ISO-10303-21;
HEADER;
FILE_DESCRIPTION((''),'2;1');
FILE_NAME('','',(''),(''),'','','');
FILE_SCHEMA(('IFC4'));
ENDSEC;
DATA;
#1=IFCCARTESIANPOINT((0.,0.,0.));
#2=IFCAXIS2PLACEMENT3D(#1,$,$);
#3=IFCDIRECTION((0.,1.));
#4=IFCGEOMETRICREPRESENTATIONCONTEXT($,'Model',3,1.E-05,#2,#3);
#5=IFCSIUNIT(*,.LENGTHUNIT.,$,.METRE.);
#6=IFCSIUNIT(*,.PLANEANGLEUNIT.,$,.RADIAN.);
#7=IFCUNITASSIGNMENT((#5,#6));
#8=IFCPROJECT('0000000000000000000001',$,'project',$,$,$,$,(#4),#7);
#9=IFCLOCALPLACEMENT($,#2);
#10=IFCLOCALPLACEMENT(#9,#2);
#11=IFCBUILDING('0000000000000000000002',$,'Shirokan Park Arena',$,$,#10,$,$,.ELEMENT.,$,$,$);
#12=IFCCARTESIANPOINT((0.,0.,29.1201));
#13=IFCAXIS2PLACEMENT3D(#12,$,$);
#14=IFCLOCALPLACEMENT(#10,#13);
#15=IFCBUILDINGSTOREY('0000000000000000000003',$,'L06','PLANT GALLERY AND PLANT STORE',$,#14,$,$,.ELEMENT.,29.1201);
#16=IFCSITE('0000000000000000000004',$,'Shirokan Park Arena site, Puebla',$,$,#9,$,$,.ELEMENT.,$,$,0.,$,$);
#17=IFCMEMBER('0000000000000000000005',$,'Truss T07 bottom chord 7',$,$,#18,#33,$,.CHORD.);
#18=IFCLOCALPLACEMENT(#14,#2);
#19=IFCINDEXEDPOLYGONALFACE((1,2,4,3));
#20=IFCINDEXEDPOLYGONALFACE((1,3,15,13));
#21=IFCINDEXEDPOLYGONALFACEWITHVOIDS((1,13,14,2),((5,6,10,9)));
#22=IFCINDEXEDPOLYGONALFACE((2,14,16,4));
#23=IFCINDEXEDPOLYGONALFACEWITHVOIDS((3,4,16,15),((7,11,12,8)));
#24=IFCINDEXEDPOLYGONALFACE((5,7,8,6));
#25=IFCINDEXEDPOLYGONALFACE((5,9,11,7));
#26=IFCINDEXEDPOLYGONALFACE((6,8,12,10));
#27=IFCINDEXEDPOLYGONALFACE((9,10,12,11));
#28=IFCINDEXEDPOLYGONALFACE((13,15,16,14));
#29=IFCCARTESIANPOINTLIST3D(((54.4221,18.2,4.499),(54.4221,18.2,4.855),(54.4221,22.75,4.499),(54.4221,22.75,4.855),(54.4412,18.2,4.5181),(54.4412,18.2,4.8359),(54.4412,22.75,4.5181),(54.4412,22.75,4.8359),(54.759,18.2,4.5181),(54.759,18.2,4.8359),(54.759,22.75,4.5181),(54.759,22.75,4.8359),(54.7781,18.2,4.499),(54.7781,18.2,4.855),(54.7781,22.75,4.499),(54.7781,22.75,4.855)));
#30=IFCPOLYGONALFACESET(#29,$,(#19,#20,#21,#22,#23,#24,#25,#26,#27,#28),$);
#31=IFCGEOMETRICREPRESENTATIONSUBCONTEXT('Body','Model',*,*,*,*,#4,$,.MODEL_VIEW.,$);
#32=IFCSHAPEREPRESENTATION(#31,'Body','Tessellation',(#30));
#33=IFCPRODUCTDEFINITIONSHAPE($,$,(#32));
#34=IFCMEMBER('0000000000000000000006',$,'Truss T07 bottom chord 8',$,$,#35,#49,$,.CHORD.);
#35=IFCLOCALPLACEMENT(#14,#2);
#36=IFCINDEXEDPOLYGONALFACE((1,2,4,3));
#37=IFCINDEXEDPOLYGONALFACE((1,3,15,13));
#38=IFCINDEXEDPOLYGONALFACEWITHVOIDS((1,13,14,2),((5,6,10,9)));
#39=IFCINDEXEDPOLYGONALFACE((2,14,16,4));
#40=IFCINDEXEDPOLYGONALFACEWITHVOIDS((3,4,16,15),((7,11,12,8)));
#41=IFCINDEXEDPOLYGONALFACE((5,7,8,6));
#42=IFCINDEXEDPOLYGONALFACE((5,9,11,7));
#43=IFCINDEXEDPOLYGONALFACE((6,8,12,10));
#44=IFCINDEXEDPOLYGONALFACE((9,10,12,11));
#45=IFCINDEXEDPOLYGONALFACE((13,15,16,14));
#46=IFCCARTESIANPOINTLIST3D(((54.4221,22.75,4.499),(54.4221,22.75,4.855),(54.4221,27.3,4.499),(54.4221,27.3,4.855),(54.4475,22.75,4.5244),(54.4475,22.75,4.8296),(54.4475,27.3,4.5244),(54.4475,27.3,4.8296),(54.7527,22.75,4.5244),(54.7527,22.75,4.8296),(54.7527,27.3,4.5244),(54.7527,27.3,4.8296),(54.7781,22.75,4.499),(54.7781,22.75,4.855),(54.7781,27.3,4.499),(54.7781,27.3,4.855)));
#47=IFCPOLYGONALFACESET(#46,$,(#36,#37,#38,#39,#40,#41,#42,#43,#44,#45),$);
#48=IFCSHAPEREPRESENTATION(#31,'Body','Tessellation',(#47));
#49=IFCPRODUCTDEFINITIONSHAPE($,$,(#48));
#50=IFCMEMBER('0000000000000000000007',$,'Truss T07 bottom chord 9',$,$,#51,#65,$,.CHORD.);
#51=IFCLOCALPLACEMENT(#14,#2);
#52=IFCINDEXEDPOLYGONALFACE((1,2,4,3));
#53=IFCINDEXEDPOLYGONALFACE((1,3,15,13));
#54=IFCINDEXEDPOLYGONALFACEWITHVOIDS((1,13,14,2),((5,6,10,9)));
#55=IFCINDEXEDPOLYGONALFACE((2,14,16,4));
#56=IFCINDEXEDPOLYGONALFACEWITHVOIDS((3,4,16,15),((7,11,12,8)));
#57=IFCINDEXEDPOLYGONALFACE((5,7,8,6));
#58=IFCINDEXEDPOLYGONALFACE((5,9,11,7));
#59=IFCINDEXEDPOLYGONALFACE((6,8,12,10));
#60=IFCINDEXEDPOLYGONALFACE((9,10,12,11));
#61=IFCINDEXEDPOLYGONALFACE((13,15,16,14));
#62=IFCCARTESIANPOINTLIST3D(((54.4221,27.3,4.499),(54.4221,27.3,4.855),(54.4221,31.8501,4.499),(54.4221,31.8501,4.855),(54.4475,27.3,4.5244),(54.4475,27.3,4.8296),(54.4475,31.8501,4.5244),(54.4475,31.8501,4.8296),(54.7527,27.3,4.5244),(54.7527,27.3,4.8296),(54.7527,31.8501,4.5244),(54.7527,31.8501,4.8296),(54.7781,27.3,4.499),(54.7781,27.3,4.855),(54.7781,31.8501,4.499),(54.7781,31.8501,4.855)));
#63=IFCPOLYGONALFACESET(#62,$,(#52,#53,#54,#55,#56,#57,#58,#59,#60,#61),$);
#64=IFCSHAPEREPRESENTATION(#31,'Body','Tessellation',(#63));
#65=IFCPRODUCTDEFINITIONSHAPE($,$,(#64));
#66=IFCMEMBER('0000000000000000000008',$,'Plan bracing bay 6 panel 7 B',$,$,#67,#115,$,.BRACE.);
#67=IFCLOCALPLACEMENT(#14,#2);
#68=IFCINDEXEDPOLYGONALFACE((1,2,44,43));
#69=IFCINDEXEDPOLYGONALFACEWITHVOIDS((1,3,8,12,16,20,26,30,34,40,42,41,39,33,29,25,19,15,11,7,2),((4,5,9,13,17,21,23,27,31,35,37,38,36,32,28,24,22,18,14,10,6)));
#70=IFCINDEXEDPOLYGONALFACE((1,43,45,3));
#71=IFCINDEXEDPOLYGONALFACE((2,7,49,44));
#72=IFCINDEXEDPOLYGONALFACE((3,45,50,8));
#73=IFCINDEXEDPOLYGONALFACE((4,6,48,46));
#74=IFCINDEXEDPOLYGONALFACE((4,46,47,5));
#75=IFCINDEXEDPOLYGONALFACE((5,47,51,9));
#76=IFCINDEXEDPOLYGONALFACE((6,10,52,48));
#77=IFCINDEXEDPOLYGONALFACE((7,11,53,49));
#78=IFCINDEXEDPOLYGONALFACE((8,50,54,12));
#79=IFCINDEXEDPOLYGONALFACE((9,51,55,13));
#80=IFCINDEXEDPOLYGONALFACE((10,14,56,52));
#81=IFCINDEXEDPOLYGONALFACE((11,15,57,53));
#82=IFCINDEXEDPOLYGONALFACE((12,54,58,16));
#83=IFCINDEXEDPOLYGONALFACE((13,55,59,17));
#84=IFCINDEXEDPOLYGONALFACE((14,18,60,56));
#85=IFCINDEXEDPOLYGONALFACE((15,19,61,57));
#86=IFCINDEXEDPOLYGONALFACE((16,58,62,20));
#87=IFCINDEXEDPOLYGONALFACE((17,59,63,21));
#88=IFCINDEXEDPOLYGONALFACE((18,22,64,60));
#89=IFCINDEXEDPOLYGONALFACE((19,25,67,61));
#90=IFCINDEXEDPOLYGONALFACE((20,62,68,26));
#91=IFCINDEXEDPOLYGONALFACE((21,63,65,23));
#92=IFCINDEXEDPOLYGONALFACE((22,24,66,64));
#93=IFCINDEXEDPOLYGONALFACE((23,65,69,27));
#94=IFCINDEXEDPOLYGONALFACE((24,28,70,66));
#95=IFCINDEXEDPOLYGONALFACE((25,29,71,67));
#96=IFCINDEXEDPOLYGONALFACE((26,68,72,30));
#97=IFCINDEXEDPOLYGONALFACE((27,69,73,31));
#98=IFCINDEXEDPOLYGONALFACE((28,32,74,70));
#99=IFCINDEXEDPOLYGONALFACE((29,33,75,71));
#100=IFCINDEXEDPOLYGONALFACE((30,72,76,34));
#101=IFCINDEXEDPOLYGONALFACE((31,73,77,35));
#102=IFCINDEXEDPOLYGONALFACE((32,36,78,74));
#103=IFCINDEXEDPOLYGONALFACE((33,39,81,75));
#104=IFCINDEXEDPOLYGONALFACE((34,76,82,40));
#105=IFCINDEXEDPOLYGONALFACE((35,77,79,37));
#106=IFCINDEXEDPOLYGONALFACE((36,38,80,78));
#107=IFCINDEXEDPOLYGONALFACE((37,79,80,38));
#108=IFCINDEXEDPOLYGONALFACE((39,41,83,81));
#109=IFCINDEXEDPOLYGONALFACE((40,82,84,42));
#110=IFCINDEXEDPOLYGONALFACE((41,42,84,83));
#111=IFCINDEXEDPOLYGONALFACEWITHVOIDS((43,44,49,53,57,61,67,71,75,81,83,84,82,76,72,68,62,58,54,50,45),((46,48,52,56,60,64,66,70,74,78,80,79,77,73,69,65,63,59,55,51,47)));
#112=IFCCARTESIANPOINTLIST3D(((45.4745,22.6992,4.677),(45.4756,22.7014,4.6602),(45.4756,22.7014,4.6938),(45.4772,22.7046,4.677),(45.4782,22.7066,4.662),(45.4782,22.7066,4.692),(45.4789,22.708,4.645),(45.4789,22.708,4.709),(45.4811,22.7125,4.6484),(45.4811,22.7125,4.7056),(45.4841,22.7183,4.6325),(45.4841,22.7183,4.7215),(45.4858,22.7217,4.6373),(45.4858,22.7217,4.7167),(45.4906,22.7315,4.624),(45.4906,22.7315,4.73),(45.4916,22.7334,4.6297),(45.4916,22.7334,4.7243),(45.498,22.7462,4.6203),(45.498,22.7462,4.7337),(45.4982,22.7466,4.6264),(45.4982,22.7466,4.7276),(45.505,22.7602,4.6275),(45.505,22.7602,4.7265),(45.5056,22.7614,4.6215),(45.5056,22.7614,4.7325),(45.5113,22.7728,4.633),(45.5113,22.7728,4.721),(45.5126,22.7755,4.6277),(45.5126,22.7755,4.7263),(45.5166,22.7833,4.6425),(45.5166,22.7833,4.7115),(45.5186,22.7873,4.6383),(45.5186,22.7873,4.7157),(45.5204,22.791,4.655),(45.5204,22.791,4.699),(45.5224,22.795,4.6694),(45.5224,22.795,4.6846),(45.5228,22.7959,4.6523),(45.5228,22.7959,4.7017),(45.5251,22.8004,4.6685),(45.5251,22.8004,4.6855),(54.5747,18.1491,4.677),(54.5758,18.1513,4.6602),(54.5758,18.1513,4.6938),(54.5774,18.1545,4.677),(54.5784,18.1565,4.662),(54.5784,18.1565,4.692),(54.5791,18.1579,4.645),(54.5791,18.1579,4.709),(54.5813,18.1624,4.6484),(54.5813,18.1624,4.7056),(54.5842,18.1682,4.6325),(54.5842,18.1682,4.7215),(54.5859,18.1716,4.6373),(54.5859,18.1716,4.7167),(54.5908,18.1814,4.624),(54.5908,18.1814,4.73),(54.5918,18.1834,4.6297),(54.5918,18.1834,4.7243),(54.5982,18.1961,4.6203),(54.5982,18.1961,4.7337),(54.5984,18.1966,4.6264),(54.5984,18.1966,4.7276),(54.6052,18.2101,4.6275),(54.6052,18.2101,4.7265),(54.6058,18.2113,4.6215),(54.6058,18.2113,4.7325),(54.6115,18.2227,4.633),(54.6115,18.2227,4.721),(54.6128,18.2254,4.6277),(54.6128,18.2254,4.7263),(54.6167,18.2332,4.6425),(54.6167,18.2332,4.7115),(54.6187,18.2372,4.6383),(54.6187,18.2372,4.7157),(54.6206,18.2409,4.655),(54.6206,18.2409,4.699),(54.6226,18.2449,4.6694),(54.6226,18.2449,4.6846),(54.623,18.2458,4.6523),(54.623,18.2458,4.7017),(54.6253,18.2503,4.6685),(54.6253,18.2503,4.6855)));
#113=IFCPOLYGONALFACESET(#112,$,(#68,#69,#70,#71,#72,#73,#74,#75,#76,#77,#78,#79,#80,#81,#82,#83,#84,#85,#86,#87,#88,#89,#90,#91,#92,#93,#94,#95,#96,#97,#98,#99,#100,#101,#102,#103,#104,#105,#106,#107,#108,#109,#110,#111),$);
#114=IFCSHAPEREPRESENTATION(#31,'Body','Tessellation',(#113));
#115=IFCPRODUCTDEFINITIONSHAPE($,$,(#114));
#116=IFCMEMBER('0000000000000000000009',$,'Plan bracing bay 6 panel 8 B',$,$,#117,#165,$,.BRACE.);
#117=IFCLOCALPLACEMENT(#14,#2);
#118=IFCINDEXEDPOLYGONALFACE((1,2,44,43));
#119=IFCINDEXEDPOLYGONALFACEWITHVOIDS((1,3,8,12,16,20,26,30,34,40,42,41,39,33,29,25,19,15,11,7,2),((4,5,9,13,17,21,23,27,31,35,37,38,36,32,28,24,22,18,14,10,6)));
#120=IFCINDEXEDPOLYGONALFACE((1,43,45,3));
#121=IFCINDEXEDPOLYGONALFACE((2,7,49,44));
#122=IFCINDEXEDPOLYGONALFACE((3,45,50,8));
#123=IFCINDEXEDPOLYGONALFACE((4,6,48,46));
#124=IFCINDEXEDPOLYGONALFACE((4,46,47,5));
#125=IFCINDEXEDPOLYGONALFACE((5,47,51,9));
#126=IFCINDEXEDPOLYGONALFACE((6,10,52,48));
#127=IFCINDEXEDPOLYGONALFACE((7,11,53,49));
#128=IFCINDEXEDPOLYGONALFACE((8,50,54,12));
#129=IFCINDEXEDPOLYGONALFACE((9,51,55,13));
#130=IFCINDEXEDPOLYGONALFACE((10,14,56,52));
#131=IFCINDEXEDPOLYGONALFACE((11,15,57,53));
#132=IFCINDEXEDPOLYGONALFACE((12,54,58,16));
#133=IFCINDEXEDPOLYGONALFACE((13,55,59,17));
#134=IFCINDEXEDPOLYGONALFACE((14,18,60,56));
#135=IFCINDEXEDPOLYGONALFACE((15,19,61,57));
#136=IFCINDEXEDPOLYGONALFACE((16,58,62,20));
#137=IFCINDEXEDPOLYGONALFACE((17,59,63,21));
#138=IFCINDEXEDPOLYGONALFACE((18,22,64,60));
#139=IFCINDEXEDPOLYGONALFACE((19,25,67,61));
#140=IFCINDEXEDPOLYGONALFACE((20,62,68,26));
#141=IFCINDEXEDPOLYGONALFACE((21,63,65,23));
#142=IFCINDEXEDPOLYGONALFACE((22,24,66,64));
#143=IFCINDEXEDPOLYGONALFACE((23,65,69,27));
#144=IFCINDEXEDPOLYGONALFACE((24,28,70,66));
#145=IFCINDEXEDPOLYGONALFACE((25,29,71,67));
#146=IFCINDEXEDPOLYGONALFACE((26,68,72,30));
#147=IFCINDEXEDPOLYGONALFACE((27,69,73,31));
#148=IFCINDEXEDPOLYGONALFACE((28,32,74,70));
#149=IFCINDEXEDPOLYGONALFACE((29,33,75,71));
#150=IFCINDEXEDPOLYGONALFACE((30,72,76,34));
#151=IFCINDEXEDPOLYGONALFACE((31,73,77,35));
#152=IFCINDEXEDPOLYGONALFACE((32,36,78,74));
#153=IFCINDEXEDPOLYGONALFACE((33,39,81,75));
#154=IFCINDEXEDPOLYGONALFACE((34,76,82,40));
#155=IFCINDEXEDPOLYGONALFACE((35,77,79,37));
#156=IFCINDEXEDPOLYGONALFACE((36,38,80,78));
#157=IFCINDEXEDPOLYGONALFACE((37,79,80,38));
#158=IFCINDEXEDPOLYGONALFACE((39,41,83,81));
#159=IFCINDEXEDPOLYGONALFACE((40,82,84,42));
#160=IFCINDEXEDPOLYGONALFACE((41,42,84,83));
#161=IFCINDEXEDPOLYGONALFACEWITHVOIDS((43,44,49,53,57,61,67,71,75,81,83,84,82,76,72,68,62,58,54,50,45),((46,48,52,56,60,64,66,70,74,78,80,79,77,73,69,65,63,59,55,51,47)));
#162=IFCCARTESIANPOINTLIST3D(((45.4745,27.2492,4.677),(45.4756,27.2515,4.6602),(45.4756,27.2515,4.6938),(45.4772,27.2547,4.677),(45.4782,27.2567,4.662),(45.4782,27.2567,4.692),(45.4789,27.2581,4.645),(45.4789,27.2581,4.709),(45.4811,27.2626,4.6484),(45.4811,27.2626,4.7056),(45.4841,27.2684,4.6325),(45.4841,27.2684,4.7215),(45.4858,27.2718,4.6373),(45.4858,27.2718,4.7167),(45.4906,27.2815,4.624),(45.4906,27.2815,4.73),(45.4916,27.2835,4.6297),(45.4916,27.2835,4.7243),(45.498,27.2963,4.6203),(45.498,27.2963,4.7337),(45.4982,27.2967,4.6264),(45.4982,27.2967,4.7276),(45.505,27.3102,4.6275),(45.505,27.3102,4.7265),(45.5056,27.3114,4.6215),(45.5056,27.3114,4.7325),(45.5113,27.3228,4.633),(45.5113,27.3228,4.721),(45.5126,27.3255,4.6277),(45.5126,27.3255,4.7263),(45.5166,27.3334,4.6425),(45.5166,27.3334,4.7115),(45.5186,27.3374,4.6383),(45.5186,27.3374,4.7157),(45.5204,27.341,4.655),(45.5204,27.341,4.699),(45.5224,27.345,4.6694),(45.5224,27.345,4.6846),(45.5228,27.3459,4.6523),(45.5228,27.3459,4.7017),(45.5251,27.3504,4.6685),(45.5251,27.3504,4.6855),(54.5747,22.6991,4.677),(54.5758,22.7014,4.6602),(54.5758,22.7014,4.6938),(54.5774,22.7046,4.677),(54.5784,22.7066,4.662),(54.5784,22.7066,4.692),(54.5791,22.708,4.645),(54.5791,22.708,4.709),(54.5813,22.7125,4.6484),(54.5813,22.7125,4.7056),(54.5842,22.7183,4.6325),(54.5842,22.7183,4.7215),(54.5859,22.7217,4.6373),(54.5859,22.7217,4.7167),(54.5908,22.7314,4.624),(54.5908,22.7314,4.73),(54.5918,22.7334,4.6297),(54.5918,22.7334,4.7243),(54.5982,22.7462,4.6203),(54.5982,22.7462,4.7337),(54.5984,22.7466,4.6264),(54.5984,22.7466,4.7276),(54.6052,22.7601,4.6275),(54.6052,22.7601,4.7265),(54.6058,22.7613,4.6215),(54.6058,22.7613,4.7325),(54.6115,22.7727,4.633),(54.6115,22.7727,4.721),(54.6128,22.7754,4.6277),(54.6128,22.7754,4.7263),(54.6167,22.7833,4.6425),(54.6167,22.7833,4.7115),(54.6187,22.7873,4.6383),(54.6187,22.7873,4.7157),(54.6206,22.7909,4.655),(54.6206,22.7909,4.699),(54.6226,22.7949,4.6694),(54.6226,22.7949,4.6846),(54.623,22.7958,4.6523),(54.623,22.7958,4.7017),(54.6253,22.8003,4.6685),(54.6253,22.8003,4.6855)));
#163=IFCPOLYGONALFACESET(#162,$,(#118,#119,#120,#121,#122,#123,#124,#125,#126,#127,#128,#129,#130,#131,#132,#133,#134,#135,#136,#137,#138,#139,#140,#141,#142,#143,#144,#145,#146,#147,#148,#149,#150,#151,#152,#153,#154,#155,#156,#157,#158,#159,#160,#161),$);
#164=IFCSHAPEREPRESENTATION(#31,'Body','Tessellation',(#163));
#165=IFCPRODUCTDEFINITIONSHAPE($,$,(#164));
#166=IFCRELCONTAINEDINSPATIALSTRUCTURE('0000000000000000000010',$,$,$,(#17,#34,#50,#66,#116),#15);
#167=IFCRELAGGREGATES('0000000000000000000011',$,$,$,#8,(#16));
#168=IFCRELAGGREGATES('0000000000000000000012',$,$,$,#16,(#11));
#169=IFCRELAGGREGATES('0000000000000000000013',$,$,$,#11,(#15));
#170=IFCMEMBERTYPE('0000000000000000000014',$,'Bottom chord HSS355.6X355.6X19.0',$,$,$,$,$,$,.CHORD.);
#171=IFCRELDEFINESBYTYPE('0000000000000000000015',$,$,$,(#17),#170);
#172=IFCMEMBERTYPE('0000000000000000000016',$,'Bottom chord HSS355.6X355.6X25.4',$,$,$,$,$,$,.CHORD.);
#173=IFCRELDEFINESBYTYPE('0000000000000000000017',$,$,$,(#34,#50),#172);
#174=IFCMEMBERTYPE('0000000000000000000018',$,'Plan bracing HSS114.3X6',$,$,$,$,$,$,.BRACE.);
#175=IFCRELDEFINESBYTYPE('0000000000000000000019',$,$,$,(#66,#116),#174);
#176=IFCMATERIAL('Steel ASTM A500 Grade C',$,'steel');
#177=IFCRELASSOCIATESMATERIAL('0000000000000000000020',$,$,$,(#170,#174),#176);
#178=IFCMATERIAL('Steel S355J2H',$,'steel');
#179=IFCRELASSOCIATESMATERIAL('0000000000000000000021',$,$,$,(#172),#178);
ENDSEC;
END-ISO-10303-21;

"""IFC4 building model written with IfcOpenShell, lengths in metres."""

from ifc_helpers import new_model, si_unit, direction, frame, origin, origin_2d, place, context, subcontext, project, spatial, hollow_rectangle, hollow_circle, extrude, material, material_profile, profile_set, type_object, element, save


model = new_model("IFC4")

# Units and contexts
model_context = context("Model", 3, precision=1e-05, world=origin(), true_north=direction((0.0, 1.0)))
body_context = subcontext(model_context, "Body", "Model", "MODEL_VIEW")
ifc_project = project(units=[si_unit("LENGTHUNIT", "METRE"), si_unit("PLANEANGLEUNIT", "RADIAN")], contexts=[model_context])

# Site, building, storey
site_placement = place(None, origin())
site = spatial("IfcSite", under=ifc_project, at=site_placement, Name="Shirokan Park Arena site, Puebla", CompositionType="ELEMENT", RefElevation=0.0)
building_placement = place(site_placement, origin())
building = spatial("IfcBuilding", under=site, at=building_placement, Name="Shirokan Park Arena", CompositionType="ELEMENT")
storey_placement = place(building_placement, frame((0.0, 0.0, 29.1201)))
storey = spatial("IfcBuildingStorey", under=building, at=storey_placement, Name="L06", Description="PLANT GALLERY AND PLANT STORE", CompositionType="ELEMENT", Elevation=29.1201)

# Members
ifc_material_1 = material(Name="Steel ASTM A500 Grade C", Category="steel")
ifc_material_profile_1 = material_profile(ifc_material_1, hollow_rectangle(XDim=0.356, YDim=0.356, WallThickness=0.019, at=origin_2d()), Name="HSS355.6X355.6X19.0")
ifc_profile_set_1 = profile_set([ifc_material_profile_1], Name="Steel ASTM A500 Grade C")
member_type_1 = type_object("IfcMemberType", Name="Bottom chord HSS355.6X355.6X19.0", PredefinedType="CHORD", material=ifc_profile_set_1)
member_1_placement = place(storey_placement, frame((54.6001, 18.2, 4.677), z_axis=(0.0, 1.0, 0.0), x_axis=(-1.0, 0.0, 0.0)))
element("IfcMember", 1, at=member_1_placement, inside=storey, type_object=member_type_1, Name="Truss T07 bottom chord 7", PredefinedType="CHORD", context=body_context, shape_type="SweptSolid", body=[
    extrude(hollow_rectangle(XDim=0.356, YDim=0.356, WallThickness=0.019, at=origin_2d()), origin(), (0.0, 0.0, 1.0), 4.55),
])
ifc_material_2 = material(Name="Steel S355J2H", Category="steel")
ifc_material_profile_2 = material_profile(ifc_material_2, hollow_rectangle(XDim=0.356, YDim=0.356, WallThickness=0.0254, at=origin_2d()), Name="HSS355.6X355.6X25.4")
ifc_profile_set_2 = profile_set([ifc_material_profile_2], Name="Steel S355J2H")
member_type_2 = type_object("IfcMemberType", Name="Bottom chord HSS355.6X355.6X25.4", PredefinedType="CHORD", material=ifc_profile_set_2)
for number, where, z_axis, x_axis, name in (
    (2, (54.6001, 22.75, 4.677), (0.0, 1.0, 0.0), (-1.0, 0.0, 0.0), "Truss T07 bottom chord 8"),
    (3, (54.6001, 27.3, 4.677), (0.0, 1.0, 0.0), (-1.0, 0.0, 0.0), "Truss T07 bottom chord 9"),
):
    element("IfcMember", number, at=place(storey_placement, frame(where, z_axis=z_axis, x_axis=x_axis)), inside=storey, type_object=member_type_2, Name=name, PredefinedType="CHORD", context=body_context, shape_type="SweptSolid", body=[
        extrude(hollow_rectangle(XDim=0.356, YDim=0.356, WallThickness=0.0254, at=origin_2d()), origin(), (0.0, 0.0, 1.0), 4.55),
    ])
ifc_material_profile_3 = material_profile(ifc_material_1, hollow_circle(Radius=0.0569, WallThickness=0.0061, at=origin_2d()), Name="HSS114.3X6")
ifc_profile_set_3 = profile_set([ifc_material_profile_3], Name="Steel ASTM A500 Grade C")
member_type_3 = type_object("IfcMemberType", Name="Plan bracing HSS114.3X6", PredefinedType="BRACE", material=ifc_profile_set_3)
for number, where, z_axis, x_axis, name in (
    (4, (54.6001, 18.2, 4.677), (-0.894427, 0.447214, 0.0), (-0.447214, -0.894427, 0.0), "Plan bracing bay 6 panel 7 B"),
    (5, (54.6001, 22.75, 4.677), (-0.894427, 0.447214, 0.0), (-0.447214, -0.894427, 0.0), "Plan bracing bay 6 panel 8 B"),
):
    element("IfcMember", number, at=place(storey_placement, frame(where, z_axis=z_axis, x_axis=x_axis)), inside=storey, type_object=member_type_3, Name=name, PredefinedType="BRACE", context=body_context, shape_type="SweptSolid", body=[
        extrude(hollow_circle(Radius=0.0569, WallThickness=0.0061, at=origin_2d()), origin(), (0.0, 0.0, 1.0), 10.1743),
    ])

save(model, "model.ifc")
